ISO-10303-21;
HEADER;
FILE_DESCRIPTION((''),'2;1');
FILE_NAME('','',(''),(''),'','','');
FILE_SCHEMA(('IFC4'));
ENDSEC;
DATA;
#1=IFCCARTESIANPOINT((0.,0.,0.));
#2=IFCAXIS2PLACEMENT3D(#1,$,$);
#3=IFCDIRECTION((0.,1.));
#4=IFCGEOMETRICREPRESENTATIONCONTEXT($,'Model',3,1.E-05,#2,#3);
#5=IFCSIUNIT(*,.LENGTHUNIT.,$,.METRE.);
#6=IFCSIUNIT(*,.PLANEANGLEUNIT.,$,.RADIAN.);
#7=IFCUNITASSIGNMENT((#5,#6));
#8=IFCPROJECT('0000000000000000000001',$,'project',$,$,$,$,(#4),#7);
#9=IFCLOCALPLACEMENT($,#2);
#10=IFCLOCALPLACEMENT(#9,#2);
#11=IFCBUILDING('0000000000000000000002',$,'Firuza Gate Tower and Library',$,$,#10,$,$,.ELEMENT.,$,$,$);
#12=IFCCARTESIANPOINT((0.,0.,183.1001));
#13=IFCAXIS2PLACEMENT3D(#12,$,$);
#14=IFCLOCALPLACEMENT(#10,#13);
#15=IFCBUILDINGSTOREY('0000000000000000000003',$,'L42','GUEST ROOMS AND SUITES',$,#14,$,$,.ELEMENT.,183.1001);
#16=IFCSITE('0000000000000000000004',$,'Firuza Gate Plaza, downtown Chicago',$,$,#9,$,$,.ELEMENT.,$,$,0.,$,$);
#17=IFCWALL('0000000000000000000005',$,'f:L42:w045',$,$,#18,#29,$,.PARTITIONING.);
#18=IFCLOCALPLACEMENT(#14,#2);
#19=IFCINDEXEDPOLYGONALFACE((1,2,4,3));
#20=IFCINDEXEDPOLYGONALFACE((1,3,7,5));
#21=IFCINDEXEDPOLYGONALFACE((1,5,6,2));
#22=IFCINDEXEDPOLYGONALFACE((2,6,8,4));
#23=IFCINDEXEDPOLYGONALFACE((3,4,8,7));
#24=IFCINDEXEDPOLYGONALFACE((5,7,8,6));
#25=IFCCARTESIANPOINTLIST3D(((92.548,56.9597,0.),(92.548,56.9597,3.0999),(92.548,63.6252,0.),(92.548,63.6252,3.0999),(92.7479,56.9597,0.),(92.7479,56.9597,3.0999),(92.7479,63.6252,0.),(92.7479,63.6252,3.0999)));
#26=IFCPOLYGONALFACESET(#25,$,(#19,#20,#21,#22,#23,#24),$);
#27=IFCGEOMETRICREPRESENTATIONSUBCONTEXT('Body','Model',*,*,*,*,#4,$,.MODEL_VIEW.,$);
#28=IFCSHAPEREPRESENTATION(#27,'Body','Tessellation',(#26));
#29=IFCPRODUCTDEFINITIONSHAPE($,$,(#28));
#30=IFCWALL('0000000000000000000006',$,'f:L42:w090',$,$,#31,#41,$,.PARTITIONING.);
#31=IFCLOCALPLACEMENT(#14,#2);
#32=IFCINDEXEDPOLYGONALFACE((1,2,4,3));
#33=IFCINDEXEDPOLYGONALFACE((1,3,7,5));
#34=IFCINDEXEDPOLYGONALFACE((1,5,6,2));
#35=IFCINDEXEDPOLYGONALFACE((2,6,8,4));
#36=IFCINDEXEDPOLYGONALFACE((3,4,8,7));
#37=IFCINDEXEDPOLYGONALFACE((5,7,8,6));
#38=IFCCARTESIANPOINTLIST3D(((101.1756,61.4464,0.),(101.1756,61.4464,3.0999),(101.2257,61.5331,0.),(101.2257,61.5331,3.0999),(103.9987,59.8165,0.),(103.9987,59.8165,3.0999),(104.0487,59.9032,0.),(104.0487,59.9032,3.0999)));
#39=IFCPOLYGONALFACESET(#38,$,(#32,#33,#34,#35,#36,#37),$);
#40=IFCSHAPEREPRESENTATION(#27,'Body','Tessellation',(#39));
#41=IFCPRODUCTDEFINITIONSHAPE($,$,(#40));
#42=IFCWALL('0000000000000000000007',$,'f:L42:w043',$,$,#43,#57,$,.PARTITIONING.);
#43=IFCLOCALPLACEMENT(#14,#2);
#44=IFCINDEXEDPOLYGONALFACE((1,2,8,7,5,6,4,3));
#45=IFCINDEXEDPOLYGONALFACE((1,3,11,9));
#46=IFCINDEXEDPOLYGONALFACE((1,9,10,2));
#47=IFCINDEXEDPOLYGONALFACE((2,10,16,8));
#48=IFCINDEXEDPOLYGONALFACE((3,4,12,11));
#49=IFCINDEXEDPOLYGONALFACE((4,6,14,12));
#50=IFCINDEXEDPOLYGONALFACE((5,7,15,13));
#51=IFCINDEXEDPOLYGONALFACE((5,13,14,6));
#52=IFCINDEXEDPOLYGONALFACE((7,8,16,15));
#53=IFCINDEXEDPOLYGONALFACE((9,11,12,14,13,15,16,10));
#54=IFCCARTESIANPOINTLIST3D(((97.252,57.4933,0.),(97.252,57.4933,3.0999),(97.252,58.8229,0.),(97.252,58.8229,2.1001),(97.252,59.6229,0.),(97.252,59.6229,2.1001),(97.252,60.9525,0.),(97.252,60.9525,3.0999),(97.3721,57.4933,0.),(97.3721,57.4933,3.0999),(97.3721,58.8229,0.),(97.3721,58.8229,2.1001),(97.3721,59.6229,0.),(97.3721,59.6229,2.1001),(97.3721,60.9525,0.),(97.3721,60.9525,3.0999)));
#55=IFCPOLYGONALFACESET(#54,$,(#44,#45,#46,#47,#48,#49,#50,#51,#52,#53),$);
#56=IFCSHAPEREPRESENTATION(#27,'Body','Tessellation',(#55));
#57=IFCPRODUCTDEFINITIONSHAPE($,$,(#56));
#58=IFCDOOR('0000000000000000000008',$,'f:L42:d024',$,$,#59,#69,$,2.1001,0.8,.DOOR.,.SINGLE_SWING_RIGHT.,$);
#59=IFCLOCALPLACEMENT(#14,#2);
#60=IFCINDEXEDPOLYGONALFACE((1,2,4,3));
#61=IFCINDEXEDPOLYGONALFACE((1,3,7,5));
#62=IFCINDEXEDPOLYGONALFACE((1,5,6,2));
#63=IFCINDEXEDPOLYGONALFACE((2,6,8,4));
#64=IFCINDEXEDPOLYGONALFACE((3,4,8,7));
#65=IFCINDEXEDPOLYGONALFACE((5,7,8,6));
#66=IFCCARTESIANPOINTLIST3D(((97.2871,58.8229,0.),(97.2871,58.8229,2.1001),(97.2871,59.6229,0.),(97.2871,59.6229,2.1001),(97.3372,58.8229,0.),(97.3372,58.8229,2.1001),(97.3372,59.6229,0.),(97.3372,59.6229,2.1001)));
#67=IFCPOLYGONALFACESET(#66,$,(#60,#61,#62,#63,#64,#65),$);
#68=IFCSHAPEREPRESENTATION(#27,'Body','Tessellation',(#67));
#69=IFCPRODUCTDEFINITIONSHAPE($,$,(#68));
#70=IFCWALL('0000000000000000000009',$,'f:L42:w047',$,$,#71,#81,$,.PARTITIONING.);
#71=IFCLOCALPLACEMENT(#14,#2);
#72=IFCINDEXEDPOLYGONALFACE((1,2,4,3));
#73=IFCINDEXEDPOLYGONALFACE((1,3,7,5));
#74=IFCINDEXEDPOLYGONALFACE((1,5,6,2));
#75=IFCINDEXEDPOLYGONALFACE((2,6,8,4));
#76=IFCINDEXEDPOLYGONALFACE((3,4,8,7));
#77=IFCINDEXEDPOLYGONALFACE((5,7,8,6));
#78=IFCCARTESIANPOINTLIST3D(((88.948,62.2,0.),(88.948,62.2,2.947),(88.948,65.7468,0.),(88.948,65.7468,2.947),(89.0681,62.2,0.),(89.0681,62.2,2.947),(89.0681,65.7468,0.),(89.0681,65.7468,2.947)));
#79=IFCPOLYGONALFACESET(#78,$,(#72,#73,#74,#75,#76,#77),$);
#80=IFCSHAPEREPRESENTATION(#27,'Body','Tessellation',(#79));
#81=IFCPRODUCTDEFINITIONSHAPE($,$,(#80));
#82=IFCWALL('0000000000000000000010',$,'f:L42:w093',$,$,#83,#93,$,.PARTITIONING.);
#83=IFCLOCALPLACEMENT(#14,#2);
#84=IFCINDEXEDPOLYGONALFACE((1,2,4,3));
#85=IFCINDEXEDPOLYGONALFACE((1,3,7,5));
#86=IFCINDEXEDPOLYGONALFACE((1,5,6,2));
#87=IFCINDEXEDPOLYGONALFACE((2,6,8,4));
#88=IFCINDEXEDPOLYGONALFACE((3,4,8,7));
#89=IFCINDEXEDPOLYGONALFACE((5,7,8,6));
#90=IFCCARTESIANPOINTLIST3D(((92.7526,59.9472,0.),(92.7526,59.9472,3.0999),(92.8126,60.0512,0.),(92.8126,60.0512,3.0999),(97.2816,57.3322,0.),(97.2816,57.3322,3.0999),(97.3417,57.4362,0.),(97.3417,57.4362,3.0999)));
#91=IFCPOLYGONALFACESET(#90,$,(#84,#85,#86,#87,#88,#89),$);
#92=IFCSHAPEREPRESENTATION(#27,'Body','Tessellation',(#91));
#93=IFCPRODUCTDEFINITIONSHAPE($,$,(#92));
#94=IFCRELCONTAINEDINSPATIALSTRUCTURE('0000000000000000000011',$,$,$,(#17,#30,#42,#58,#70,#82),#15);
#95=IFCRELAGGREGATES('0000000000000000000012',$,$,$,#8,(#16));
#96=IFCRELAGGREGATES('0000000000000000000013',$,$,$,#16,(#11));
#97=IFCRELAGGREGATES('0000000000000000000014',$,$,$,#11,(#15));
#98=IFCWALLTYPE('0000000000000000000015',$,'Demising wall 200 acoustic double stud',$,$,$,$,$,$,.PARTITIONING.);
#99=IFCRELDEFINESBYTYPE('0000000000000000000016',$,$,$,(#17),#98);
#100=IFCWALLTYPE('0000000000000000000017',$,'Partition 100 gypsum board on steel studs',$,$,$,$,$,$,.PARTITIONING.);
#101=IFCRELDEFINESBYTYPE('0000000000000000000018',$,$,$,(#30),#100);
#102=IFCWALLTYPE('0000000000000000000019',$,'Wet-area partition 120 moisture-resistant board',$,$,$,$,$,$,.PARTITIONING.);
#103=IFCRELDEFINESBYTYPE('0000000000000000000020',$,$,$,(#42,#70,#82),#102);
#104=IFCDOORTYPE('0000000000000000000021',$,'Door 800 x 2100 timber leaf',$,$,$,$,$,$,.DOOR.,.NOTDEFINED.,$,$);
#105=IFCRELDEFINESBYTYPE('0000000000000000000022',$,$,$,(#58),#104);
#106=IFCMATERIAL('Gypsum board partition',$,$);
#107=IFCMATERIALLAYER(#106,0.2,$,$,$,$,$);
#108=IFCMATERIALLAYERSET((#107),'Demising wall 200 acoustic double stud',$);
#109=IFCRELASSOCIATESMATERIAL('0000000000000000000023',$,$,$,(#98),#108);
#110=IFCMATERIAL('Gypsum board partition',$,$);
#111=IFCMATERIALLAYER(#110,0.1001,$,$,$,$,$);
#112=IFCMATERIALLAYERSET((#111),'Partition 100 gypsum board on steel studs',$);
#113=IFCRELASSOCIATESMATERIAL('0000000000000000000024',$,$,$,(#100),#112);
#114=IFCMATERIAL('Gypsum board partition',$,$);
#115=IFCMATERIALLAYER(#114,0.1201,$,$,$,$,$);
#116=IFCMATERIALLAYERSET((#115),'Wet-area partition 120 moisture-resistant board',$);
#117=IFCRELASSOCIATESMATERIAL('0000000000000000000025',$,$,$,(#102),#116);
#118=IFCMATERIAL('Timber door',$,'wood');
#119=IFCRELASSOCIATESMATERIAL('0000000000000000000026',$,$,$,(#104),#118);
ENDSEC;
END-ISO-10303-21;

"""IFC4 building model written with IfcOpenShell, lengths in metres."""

from ifc_helpers import new_model, si_unit, direction, frame, frame_2d, origin, place, context, subcontext, project, spatial, rectangle, extrude, material, layer, layer_set, type_object, element, fill, save


model = new_model("IFC4")

# Units and contexts
model_context = context("Model", 3, precision=1e-05, world=origin(), true_north=direction((0.0, 1.0)))
body_context = subcontext(model_context, "Body", "Model", "MODEL_VIEW")
ifc_project = project(units=[si_unit("LENGTHUNIT", "METRE"), si_unit("PLANEANGLEUNIT", "RADIAN")], contexts=[model_context])

# Site, building, storey
site_placement = place(None, origin())
site = spatial("IfcSite", under=ifc_project, at=site_placement, Name="Firuza Gate Plaza, downtown Chicago", CompositionType="ELEMENT", RefElevation=0.0)
building_placement = place(site_placement, origin())
building = spatial("IfcBuilding", under=site, at=building_placement, Name="Firuza Gate Tower and Library", CompositionType="ELEMENT")
storey_placement = place(building_placement, frame((0.0, 0.0, 183.1001)))
storey = spatial("IfcBuildingStorey", under=building, at=storey_placement, Name="L42", Description="GUEST ROOMS AND SUITES", CompositionType="ELEMENT", Elevation=183.1001)

# Walls
ifc_material_1 = material(Name="Gypsum board partition")
ifc_layer_1 = layer(ifc_material_1, 0.2)
ifc_layer_set_1 = layer_set([ifc_layer_1], Name="Demising wall 200 acoustic double stud")
wall_type_1 = type_object("IfcWallType", Name="Demising wall 200 acoustic double stud", PredefinedType="PARTITIONING", material=ifc_layer_set_1)
wall_1_placement = place(storey_placement, frame((92.6479, 56.9597, 0.0), z_axis=(0.0, 0.0, 1.0), x_axis=(0.0, 1.0, 0.0)))
element("IfcWall", 1, at=wall_1_placement, inside=storey, type_object=wall_type_1, Name="f:L42:w045", PredefinedType="PARTITIONING", context=body_context, shape_type="SweptSolid", body=[
    extrude(rectangle(XDim=6.6655, YDim=0.2, at=frame_2d((3.3328, 0.0))), origin(), (0.0, 0.0, 1.0), 3.0999),
])
ifc_material_2 = material(Name="Gypsum board partition")
ifc_layer_2 = layer(ifc_material_2, 0.1001)
ifc_layer_set_2 = layer_set([ifc_layer_2], Name="Partition 100 gypsum board on steel studs")
wall_type_2 = type_object("IfcWallType", Name="Partition 100 gypsum board on steel studs", PredefinedType="PARTITIONING", material=ifc_layer_set_2)
wall_2_placement = place(storey_placement, frame((104.0237, 59.8599, 0.0), z_axis=(0.0, 0.0, 1.0), x_axis=(-0.866022, 0.500006, 0.0)))
element("IfcWall", 2, at=wall_2_placement, inside=storey, type_object=wall_type_2, Name="f:L42:w090", PredefinedType="PARTITIONING", context=body_context, shape_type="SweptSolid", body=[
    extrude(rectangle(XDim=3.2598, YDim=0.1001, at=frame_2d((1.6299, 0.0))), origin(), (0.0, 0.0, 1.0), 3.0999),
])

# Wall, opening, door
ifc_material_3 = material(Name="Gypsum board partition")
ifc_layer_3 = layer(ifc_material_3, 0.1201)
ifc_layer_set_3 = layer_set([ifc_layer_3], Name="Wet-area partition 120 moisture-resistant board")
wall_type_3 = type_object("IfcWallType", Name="Wet-area partition 120 moisture-resistant board", PredefinedType="PARTITIONING", material=ifc_layer_set_3)
wall_3_placement = place(storey_placement, frame((97.312, 57.4934, 0.0), z_axis=(0.0, 0.0, 1.0), x_axis=(0.0, 1.0, 0.0)))
wall_3 = element("IfcWall", 3, at=wall_3_placement, inside=storey, type_object=wall_type_3, Name="f:L42:w043", PredefinedType="PARTITIONING", context=body_context, shape_type="SweptSolid", body=[
    extrude(rectangle(XDim=3.4592, YDim=0.1201, at=frame_2d((1.7295, 0.0))), origin(), (0.0, 0.0, 1.0), 3.0999),
])
opening_1_placement = place(wall_3_placement, frame((1.3296, 0.0, 0.0)))
opening_1 = element("IfcOpeningElement", 4, at=opening_1_placement, cuts=wall_3, PredefinedType="OPENING", context=body_context, shape_type="SweptSolid", body=[
    extrude(rectangle(XDim=0.8, YDim=2.1001, at=frame_2d((0.3999, 1.05))), frame((0.0, 0.0701, 0.0), z_axis=(0.0, -1.0, 0.0), x_axis=(1.0, 0.0, 0.0)), (0.0, 0.0, 1.0), 0.1401),
])
ifc_material_4 = material(Name="Timber door", Category="wood")
door_type_1 = type_object("IfcDoorType", Name="Door 800 x 2100 timber leaf", OperationType="NOTDEFINED", PredefinedType="DOOR", material=ifc_material_4)
door_1_placement = place(opening_1_placement, origin())
door_1 = element("IfcDoor", 5, at=door_1_placement, inside=storey, type_object=door_type_1, Name="f:L42:d024", OperationType="SINGLE_SWING_RIGHT", OverallHeight=2.1001, OverallWidth=0.8, PredefinedType="DOOR", context=body_context, shape_type="SweptSolid", body=[
    extrude(rectangle(XDim=0.8, YDim=2.1001, at=frame_2d((0.3999, 1.05))), frame((0.0, 0.0249, 0.0), z_axis=(0.0, -1.0, 0.0), x_axis=(1.0, 0.0, 0.0)), (0.0, 0.0, 1.0), 0.05),
])
fill(opening_1, door_1)

# Walls
wall_4_placement = place(storey_placement, frame((89.0081, 62.2, 0.0), z_axis=(0.0, 0.0, 1.0), x_axis=(0.0, 1.0, 0.0)))
element("IfcWall", 6, at=wall_4_placement, inside=storey, type_object=wall_type_3, Name="f:L42:w047", PredefinedType="PARTITIONING", context=body_context, shape_type="SweptSolid", body=[
    extrude(rectangle(XDim=3.5469, YDim=0.1201, at=frame_2d((1.7734, 0.0))), origin(), (0.0, 0.0, 1.0), 2.947),
])
wall_5_placement = place(storey_placement, frame((97.3115, 57.3843, 0.0), z_axis=(0.0, 0.0, 1.0), x_axis=(-0.866014, 0.50002, 0.0)))
element("IfcWall", 7, at=wall_5_placement, inside=storey, type_object=wall_type_3, Name="f:L42:w093", PredefinedType="PARTITIONING", context=body_context, shape_type="SweptSolid", body=[
    extrude(rectangle(XDim=5.2297, YDim=0.1201, at=frame_2d((2.6147, 0.0))), origin(), (0.0, 0.0, 1.0), 3.0999),
])

save(model, "model.ifc")
